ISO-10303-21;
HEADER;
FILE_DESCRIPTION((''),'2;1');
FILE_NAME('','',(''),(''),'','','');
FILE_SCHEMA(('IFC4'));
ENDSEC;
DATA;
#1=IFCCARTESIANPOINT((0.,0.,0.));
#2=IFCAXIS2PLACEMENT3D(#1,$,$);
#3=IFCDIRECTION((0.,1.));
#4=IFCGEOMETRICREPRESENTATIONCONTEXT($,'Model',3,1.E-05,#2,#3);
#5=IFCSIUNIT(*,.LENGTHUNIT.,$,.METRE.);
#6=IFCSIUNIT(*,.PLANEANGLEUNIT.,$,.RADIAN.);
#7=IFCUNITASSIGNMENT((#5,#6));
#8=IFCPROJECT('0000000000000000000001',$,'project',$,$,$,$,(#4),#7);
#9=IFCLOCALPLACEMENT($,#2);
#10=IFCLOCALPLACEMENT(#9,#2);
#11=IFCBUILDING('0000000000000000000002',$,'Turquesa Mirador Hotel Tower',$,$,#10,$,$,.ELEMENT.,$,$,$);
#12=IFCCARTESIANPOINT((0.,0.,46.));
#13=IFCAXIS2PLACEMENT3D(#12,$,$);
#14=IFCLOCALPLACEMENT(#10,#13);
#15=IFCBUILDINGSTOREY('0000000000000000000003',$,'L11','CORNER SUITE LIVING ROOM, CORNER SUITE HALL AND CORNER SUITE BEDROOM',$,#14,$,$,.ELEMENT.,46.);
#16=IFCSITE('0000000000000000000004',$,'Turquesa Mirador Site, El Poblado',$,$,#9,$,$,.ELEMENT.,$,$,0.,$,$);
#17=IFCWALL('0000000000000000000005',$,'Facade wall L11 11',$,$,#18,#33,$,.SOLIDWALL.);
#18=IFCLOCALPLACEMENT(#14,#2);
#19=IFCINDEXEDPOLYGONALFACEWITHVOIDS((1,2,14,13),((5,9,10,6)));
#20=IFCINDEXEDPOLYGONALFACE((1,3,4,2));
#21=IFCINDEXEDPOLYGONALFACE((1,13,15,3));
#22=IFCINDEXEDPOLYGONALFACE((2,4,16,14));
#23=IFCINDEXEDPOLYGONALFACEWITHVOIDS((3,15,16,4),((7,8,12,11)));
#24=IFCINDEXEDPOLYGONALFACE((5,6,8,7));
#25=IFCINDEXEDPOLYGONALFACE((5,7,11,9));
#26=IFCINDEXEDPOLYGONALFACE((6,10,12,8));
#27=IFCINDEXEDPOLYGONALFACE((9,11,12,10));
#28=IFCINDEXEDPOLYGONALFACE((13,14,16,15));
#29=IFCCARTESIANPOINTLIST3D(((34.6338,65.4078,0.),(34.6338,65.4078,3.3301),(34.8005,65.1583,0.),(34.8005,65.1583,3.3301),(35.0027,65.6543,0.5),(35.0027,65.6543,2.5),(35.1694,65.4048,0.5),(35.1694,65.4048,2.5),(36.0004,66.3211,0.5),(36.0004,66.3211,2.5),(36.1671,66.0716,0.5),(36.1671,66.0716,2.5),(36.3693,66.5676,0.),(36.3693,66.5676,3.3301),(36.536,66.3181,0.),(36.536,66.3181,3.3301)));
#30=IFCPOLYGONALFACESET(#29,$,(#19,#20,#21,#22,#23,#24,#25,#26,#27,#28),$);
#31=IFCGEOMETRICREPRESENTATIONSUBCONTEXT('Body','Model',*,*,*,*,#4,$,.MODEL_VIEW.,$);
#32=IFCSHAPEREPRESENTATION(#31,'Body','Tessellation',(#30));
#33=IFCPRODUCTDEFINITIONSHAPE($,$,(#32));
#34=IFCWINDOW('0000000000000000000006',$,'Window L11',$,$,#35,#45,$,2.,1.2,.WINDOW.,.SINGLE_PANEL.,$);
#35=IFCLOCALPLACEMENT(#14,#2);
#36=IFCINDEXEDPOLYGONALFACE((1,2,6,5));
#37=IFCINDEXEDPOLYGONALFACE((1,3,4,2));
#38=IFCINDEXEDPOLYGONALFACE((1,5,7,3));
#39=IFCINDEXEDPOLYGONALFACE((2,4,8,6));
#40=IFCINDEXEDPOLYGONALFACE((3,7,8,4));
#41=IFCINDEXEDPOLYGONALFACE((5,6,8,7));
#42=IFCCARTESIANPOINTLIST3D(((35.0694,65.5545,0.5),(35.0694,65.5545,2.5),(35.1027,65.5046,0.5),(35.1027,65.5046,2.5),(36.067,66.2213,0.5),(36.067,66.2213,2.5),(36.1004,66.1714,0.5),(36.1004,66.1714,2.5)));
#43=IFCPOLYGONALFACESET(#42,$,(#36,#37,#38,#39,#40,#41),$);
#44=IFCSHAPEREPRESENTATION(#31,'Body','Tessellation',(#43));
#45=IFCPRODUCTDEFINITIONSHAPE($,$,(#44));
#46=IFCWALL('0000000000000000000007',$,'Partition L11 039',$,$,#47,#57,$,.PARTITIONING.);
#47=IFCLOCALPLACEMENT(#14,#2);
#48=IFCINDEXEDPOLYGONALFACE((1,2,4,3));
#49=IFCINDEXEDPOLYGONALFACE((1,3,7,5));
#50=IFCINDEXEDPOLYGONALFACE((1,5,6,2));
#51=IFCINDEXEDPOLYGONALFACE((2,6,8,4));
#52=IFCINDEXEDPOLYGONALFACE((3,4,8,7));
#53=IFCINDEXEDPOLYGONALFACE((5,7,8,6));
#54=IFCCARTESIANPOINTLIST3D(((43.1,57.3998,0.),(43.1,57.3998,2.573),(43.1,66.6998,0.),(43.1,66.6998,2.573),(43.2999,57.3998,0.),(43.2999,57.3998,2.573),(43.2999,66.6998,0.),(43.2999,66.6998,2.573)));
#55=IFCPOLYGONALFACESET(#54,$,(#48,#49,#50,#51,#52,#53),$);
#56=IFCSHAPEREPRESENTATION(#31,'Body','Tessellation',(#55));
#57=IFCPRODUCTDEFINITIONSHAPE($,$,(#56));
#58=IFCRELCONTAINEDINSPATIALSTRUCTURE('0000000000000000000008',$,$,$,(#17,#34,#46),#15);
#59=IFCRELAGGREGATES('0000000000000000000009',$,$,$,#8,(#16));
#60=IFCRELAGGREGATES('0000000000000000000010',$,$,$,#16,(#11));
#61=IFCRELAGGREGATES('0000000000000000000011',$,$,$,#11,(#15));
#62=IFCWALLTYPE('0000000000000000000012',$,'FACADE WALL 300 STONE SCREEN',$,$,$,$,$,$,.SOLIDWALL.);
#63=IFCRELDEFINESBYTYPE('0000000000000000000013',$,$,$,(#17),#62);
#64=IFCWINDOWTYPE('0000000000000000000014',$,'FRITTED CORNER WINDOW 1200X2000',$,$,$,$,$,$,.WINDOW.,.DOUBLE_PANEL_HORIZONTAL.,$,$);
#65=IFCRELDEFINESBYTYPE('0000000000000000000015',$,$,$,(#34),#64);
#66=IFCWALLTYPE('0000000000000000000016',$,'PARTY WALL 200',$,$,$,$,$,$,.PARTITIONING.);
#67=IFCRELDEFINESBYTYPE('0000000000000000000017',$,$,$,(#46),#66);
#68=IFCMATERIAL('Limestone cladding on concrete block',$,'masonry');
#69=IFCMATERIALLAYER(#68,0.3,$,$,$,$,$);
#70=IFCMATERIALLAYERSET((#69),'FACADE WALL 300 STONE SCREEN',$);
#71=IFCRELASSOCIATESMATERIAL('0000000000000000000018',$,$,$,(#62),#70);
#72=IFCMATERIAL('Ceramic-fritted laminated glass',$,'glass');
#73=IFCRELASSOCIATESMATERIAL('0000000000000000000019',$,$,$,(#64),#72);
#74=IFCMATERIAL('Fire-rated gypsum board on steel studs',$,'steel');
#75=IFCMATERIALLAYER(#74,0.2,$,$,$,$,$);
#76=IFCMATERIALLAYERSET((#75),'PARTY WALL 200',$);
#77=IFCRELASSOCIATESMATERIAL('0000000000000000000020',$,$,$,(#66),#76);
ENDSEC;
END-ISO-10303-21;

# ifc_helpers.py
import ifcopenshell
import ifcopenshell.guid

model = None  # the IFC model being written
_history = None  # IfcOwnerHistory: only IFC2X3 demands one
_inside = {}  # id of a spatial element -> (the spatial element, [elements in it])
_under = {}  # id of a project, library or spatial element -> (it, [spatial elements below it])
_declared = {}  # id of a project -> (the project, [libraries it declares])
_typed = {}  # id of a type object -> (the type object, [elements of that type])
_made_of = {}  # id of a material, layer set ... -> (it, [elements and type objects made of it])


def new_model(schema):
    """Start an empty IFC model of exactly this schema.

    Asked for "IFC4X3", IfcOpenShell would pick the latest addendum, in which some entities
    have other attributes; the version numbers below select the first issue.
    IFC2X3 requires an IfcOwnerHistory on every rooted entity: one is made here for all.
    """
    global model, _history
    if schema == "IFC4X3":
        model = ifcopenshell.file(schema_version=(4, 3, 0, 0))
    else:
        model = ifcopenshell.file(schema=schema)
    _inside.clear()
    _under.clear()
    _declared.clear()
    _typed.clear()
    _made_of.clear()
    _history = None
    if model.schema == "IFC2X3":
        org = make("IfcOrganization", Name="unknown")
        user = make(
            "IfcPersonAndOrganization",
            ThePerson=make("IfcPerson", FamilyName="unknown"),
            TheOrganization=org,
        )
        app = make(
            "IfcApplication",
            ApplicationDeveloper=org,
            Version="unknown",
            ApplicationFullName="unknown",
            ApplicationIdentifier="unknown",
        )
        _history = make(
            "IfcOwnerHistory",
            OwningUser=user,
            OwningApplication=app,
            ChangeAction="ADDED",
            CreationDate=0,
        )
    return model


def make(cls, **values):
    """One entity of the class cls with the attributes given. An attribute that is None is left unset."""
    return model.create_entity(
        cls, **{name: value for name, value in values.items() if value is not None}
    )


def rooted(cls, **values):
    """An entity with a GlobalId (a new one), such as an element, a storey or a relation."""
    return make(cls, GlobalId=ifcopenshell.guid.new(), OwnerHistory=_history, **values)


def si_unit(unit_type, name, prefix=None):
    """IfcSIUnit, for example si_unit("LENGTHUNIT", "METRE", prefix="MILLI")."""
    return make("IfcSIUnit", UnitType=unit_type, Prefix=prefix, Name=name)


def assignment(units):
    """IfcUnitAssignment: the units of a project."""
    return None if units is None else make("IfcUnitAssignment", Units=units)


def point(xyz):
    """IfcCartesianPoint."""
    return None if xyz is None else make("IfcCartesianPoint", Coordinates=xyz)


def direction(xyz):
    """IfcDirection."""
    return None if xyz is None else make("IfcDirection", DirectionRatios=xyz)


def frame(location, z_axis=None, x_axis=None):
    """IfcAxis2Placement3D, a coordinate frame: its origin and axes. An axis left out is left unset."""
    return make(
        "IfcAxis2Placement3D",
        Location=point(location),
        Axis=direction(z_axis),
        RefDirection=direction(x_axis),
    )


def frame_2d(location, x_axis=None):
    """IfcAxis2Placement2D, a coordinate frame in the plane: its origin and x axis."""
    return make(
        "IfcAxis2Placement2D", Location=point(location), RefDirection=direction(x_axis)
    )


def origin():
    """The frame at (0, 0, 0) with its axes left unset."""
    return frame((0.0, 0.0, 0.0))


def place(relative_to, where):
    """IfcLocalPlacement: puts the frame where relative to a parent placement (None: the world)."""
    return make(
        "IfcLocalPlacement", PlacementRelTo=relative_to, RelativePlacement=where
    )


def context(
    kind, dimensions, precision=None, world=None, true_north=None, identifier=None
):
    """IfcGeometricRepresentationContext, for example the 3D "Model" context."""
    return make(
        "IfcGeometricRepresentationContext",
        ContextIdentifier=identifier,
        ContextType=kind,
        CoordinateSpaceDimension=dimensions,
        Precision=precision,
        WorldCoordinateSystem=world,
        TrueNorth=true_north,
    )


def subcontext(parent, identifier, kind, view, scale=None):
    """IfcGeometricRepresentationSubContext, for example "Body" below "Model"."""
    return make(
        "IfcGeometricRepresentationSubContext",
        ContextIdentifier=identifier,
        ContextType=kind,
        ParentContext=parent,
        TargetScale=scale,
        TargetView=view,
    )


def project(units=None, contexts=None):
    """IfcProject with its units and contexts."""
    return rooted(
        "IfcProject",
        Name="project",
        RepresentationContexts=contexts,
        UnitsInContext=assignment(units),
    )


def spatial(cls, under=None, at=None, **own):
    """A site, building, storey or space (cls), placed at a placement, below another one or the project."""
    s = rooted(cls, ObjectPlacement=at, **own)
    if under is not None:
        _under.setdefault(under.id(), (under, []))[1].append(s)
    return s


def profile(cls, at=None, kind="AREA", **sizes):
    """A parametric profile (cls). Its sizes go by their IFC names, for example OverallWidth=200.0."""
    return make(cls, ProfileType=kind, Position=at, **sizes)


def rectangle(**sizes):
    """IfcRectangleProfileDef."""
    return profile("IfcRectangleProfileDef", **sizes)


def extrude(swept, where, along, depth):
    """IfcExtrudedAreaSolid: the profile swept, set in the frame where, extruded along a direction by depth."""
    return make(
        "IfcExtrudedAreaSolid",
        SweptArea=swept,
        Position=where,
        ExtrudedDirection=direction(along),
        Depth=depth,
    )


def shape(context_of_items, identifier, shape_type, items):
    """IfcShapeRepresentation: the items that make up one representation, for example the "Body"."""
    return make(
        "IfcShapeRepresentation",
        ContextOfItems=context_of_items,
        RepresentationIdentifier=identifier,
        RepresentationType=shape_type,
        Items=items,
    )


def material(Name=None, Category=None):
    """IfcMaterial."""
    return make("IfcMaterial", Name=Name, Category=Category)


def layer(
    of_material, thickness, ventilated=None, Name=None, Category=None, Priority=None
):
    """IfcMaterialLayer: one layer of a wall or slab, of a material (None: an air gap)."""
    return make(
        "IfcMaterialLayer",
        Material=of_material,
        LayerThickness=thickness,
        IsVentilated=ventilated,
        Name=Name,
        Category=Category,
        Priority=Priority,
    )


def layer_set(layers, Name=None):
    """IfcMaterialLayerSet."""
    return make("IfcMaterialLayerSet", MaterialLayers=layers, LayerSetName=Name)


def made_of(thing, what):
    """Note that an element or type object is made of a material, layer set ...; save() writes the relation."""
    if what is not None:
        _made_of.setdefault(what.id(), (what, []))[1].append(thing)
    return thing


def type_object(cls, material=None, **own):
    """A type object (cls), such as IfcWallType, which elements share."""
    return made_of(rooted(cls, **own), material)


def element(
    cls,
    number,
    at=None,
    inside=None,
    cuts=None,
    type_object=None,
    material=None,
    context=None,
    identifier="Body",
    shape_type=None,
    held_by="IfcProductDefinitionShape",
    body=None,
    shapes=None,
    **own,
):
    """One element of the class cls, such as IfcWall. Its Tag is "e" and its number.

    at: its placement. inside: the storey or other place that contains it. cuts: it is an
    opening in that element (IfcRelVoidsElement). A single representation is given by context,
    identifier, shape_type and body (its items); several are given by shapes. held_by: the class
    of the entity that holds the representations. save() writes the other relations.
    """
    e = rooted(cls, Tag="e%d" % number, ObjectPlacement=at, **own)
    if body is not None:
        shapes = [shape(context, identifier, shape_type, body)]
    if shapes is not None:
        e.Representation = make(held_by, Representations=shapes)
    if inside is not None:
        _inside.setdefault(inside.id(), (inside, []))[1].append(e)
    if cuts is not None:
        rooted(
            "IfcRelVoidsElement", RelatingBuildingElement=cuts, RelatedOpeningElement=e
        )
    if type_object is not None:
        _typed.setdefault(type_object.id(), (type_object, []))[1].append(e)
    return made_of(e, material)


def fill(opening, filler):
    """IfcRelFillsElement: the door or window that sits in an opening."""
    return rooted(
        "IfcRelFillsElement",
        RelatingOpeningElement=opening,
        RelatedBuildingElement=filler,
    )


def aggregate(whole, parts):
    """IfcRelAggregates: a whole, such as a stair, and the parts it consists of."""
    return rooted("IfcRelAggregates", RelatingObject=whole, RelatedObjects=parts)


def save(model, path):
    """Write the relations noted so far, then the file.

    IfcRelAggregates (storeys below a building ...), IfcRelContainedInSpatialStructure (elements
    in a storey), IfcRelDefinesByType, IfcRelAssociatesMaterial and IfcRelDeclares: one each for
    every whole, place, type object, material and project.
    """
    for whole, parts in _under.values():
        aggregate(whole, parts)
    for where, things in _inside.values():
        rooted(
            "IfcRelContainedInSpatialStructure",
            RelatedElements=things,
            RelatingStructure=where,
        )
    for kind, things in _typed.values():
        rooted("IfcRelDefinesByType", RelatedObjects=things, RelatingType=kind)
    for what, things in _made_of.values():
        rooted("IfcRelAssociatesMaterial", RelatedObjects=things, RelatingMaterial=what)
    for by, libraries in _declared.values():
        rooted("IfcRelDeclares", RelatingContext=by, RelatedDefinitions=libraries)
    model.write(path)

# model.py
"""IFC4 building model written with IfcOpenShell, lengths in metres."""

from ifc_helpers import new_model, si_unit, direction, frame, frame_2d, origin, place, context, subcontext, project, spatial, rectangle, extrude, material, layer, layer_set, type_object, element, fill, save


model = new_model("IFC4")

# Units and contexts
model_context = context("Model", 3, precision=1e-05, world=origin(), true_north=direction((0.0, 1.0)))
body_context = subcontext(model_context, "Body", "Model", "MODEL_VIEW")
ifc_project = project(units=[si_unit("LENGTHUNIT", "METRE"), si_unit("PLANEANGLEUNIT", "RADIAN")], contexts=[model_context])

# Site, building, storey
site_placement = place(None, origin())
site = spatial("IfcSite", under=ifc_project, at=site_placement, Name="Turquesa Mirador Site, El Poblado", CompositionType="ELEMENT", RefElevation=0.0)
building_placement = place(site_placement, origin())
building = spatial("IfcBuilding", under=site, at=building_placement, Name="Turquesa Mirador Hotel Tower", CompositionType="ELEMENT")
storey_placement = place(building_placement, frame((0.0, 0.0, 46.0)))
storey = spatial("IfcBuildingStorey", under=building, at=storey_placement, Name="L11", Description="CORNER SUITE LIVING ROOM, CORNER SUITE HALL AND CORNER SUITE BEDROOM", CompositionType="ELEMENT", Elevation=46.0)

# Wall, opening, window
ifc_material_1 = material(Name="Limestone cladding on concrete block", Category="masonry")
ifc_layer_1 = layer(ifc_material_1, 0.3)
ifc_layer_set_1 = layer_set([ifc_layer_1], Name="FACADE WALL 300 STONE SCREEN")
wall_type_1 = type_object("IfcWallType", Name="FACADE WALL 300 STONE SCREEN", PredefinedType="SOLIDWALL", material=ifc_layer_set_1)
ifc_material_2 = material(Name="Ceramic-fritted laminated glass", Category="glass")
window_type = type_object("IfcWindowType", Name="FRITTED CORNER WINDOW 1200X2000", PartitioningType="DOUBLE_PANEL_HORIZONTAL", PredefinedType="WINDOW", material=ifc_material_2)
wall_1_placement = place(storey_placement, frame((36.4526, 66.4429, 0.0), z_axis=(0.0, 0.0, 1.0), x_axis=(-0.83142, -0.555644, 0.0)))
wall_1 = element("IfcWall", 1, at=wall_1_placement, inside=storey, type_object=wall_type_1, Name="Facade wall L11 11", PredefinedType="SOLIDWALL", context=body_context, shape_type="SweptSolid", body=[
    extrude(rectangle(XDim=2.0874, YDim=0.3, at=frame_2d((1.0437, 0.0))), origin(), (0.0, 0.0, 1.0), 3.3301),
])
opening_1_placement = place(wall_1_placement, frame((0.4436, 0.0, 0.5)))
opening_1 = element("IfcOpeningElement", 2, at=opening_1_placement, cuts=wall_1, PredefinedType="OPENING", context=body_context, shape_type="SweptSolid", body=[
    extrude(rectangle(XDim=1.2, YDim=2.0, at=frame_2d((0.6001, 1.0))), frame((0.0, 0.1599, 0.0), z_axis=(0.0, -1.0, 0.0), x_axis=(1.0, 0.0, 0.0)), (0.0, 0.0, 1.0), 0.3201),
])
window_1_placement = place(opening_1_placement, origin())
window_1 = element("IfcWindow", 3, at=window_1_placement, inside=storey, type_object=window_type, Name="Window L11", OverallHeight=2.0, OverallWidth=1.2, PartitioningType="SINGLE_PANEL", PredefinedType="WINDOW", context=body_context, shape_type="SweptSolid", body=[
    extrude(rectangle(XDim=1.2, YDim=2.0, at=frame_2d((0.6001, 1.0))), frame((0.0, 0.03, 0.0), z_axis=(0.0, -1.0, 0.0), x_axis=(1.0, 0.0, 0.0)), (0.0, 0.0, 1.0), 0.0601),
])
fill(opening_1, window_1)

# Wall
ifc_material_3 = material(Name="Fire-rated gypsum board on steel studs", Category="steel")
ifc_layer_2 = layer(ifc_material_3, 0.2)
ifc_layer_set_2 = layer_set([ifc_layer_2], Name="PARTY WALL 200")
wall_type_2 = type_object("IfcWallType", Name="PARTY WALL 200", PredefinedType="PARTITIONING", material=ifc_layer_set_2)
wall_2_placement = place(storey_placement, frame((43.2, 57.3999, 0.0), z_axis=(0.0, 0.0, 1.0), x_axis=(0.0, 1.0, 0.0)))
element("IfcWall", 4, at=wall_2_placement, inside=storey, type_object=wall_type_2, Name="Partition L11 039", PredefinedType="PARTITIONING", context=body_context, shape_type="SweptSolid", body=[
    extrude(rectangle(XDim=9.3, YDim=0.2, at=frame_2d((4.6499, 0.0))), origin(), (0.0, 0.0, 1.0), 2.573),
])

save(model, "model.ifc")
